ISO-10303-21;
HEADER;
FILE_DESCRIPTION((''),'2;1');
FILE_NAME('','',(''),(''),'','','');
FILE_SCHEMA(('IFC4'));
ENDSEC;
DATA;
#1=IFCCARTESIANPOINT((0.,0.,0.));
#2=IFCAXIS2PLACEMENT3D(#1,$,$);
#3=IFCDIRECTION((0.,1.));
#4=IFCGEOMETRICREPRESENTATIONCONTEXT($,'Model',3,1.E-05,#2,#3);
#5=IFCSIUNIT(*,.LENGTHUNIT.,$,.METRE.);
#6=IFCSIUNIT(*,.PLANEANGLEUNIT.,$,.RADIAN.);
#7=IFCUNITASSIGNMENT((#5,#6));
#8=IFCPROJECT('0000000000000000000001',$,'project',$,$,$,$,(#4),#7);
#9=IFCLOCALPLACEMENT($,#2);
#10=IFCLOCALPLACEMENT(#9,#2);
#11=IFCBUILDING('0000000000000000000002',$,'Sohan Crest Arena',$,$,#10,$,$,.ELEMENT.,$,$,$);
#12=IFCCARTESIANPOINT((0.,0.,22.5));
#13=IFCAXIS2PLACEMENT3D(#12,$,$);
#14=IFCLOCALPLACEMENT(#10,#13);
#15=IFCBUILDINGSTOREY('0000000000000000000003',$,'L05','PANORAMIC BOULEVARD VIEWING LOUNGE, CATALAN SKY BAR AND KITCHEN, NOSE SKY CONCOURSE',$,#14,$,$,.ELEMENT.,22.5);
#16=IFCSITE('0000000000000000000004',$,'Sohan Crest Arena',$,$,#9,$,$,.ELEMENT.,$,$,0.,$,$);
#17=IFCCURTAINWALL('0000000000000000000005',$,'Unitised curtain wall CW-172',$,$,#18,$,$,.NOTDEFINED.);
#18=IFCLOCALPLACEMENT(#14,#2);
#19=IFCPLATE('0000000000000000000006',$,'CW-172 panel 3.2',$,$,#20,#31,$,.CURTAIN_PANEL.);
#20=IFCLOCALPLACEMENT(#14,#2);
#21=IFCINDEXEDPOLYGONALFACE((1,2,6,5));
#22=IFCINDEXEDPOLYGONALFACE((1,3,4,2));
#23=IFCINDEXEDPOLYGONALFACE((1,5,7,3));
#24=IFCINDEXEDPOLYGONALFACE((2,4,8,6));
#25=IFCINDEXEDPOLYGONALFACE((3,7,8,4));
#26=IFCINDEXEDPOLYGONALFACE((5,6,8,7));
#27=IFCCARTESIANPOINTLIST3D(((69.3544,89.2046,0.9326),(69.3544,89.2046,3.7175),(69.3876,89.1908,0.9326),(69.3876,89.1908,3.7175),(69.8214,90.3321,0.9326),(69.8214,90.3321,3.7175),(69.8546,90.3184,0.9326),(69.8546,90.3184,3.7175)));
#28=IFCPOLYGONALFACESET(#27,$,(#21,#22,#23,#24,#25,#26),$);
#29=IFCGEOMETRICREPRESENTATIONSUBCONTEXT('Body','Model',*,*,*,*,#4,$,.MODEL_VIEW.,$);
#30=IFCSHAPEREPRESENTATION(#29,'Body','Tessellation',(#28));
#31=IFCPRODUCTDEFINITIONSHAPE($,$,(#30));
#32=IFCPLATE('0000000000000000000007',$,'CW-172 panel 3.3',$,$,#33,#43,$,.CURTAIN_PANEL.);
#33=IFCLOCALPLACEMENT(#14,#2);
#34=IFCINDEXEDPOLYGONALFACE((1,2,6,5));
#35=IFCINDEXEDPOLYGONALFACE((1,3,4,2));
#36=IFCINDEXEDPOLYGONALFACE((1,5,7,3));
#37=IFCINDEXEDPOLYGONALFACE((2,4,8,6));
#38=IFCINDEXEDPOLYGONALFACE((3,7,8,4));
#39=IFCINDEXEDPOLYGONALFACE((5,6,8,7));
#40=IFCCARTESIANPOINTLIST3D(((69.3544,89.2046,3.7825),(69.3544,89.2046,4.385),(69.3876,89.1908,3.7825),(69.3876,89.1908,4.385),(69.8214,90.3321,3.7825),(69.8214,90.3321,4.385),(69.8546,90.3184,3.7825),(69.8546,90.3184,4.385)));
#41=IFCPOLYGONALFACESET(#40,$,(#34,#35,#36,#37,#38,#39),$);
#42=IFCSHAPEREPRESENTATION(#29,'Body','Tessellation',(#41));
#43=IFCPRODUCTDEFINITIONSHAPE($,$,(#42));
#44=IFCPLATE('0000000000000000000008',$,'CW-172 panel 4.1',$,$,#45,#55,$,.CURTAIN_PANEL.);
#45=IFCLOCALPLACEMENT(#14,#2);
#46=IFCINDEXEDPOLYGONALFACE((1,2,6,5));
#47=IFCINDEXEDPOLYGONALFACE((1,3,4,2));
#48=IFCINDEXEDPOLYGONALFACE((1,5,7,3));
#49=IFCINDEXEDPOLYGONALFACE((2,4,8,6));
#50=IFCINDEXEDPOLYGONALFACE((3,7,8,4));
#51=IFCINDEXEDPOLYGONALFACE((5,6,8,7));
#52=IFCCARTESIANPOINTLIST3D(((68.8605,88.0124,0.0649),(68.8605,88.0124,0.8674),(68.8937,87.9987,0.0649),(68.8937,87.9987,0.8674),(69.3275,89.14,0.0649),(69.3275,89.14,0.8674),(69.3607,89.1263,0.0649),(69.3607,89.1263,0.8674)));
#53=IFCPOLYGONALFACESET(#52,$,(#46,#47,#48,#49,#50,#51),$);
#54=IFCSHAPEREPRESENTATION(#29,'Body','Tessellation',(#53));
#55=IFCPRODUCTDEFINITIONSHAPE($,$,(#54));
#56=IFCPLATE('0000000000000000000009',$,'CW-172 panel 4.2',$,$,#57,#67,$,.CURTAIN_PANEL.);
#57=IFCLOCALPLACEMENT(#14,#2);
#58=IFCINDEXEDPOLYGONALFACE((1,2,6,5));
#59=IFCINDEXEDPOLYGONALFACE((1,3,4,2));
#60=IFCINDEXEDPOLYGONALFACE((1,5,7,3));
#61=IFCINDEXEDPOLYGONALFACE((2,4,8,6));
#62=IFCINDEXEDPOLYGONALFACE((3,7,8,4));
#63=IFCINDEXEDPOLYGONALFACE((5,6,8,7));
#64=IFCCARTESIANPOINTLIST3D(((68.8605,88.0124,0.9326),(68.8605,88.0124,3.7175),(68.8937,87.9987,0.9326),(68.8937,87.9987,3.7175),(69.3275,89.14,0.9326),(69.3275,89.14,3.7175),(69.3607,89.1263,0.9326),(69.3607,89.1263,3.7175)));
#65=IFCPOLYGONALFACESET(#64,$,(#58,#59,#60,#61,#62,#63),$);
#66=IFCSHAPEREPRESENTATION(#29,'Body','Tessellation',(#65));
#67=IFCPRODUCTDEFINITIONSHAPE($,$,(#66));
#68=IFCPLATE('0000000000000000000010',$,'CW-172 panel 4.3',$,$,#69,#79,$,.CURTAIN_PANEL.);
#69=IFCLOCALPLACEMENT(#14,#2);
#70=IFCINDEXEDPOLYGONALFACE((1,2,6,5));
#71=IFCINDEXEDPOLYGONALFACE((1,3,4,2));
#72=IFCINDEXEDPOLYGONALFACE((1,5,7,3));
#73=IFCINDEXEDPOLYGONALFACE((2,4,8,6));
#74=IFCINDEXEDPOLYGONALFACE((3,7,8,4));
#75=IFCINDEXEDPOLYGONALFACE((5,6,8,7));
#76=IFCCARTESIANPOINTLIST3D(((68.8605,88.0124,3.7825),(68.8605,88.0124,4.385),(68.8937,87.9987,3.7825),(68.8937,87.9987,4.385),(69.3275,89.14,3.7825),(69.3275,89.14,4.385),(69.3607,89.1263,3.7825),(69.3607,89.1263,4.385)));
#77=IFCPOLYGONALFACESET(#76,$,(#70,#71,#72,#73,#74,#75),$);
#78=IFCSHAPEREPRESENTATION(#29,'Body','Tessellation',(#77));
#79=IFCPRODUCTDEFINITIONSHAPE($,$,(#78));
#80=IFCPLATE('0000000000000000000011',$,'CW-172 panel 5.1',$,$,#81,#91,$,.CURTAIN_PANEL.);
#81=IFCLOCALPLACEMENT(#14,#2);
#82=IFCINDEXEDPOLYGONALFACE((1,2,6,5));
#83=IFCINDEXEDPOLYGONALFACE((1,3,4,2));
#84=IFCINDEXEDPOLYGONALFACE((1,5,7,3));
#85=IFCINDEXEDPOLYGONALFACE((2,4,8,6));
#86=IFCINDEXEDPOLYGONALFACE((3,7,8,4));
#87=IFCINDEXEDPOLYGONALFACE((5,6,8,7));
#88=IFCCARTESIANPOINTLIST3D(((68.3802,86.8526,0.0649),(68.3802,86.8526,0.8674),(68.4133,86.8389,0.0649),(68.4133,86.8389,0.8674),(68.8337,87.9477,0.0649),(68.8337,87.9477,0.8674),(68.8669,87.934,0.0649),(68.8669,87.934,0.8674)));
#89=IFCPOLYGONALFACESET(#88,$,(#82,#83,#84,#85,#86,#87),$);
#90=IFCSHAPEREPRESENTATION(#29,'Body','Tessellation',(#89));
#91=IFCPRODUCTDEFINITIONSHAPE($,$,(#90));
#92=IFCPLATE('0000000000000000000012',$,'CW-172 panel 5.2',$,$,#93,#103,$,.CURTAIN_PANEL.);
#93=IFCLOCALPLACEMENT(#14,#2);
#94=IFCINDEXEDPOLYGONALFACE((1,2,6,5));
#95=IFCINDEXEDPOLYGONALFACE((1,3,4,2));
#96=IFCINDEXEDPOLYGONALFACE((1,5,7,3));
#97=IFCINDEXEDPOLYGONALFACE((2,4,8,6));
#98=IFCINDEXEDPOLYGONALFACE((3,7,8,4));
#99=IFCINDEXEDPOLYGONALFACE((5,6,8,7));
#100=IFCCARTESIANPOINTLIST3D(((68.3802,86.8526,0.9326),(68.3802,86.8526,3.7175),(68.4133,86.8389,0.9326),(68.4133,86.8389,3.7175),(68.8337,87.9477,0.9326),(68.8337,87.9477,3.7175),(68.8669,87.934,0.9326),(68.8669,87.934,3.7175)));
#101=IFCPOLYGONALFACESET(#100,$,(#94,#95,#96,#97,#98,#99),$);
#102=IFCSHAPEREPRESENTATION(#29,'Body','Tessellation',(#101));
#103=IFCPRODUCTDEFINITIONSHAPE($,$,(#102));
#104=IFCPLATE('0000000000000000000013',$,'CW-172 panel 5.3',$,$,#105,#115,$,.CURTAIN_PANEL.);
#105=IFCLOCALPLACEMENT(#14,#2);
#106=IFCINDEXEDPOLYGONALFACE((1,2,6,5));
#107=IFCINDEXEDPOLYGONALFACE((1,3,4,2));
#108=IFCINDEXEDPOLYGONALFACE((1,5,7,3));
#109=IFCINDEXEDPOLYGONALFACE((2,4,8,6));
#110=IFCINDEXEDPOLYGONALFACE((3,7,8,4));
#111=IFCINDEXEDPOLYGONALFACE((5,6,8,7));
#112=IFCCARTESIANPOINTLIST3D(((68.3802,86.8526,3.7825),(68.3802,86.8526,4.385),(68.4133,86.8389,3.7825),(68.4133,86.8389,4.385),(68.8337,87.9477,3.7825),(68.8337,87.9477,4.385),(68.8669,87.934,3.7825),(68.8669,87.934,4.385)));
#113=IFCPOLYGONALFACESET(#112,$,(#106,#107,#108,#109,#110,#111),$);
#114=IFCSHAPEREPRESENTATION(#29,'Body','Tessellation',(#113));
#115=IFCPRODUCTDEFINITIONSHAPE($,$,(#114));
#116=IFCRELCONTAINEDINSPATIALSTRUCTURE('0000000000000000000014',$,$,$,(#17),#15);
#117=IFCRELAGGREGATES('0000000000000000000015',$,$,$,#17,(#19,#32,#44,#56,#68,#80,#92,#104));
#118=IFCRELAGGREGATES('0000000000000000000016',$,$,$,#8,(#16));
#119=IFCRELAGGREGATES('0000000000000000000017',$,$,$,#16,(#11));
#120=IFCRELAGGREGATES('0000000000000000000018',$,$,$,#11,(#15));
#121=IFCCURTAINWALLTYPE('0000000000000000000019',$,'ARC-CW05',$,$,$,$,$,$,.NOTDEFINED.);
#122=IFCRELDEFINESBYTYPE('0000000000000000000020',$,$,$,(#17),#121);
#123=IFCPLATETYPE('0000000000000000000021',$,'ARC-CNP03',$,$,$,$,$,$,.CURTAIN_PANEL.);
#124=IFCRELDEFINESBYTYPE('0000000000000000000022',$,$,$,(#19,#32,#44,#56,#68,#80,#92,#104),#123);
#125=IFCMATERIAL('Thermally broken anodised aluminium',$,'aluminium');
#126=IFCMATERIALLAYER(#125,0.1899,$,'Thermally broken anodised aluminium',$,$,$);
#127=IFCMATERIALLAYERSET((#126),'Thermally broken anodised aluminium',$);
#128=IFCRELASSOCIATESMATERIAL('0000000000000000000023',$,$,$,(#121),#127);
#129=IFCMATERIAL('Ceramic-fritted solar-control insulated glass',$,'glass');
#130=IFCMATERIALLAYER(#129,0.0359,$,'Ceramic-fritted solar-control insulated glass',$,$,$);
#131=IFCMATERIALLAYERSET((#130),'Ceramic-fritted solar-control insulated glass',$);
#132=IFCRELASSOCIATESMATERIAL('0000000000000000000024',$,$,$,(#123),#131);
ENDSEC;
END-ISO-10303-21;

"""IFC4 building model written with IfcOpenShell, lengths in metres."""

from ifc_helpers import new_model, si_unit, direction, frame, origin, origin_2d, place, context, subcontext, project, spatial, rectangle, extrude, material, layer, layer_set, type_object, element, aggregate, save


model = new_model("IFC4")

# Units and contexts
model_context = context("Model", 3, precision=1e-05, world=origin(), true_north=direction((0.0, 1.0)))
body_context = subcontext(model_context, "Body", "Model", "MODEL_VIEW")
ifc_project = project(units=[si_unit("LENGTHUNIT", "METRE"), si_unit("PLANEANGLEUNIT", "RADIAN")], contexts=[model_context])

# Site, building, storey
site_placement = place(None, origin())
site = spatial("IfcSite", under=ifc_project, at=site_placement, Name="Sohan Crest Arena", CompositionType="ELEMENT", RefElevation=0.0)
building_placement = place(site_placement, origin())
building = spatial("IfcBuilding", under=site, at=building_placement, Name="Sohan Crest Arena", CompositionType="ELEMENT")
storey_placement = place(building_placement, frame((0.0, 0.0, 22.5)))
storey = spatial("IfcBuildingStorey", under=building, at=storey_placement, Name="L05", Description="PANORAMIC BOULEVARD VIEWING LOUNGE, CATALAN SKY BAR AND KITCHEN, NOSE SKY CONCOURSE", CompositionType="ELEMENT", Elevation=22.5)

# Curtain wall, plates
ifc_material_1 = material(Name="Thermally broken anodised aluminium", Category="aluminium")
ifc_layer_1 = layer(ifc_material_1, 0.1899, Name="Thermally broken anodised aluminium")
ifc_layer_set_1 = layer_set([ifc_layer_1], Name="Thermally broken anodised aluminium")
curtain_wall_type = type_object("IfcCurtainWallType", Name="ARC-CW05", PredefinedType="NOTDEFINED", material=ifc_layer_set_1)
curtain_wall_placement = place(storey_placement, origin())
curtain_wall = element("IfcCurtainWall", 1, at=curtain_wall_placement, inside=storey, type_object=curtain_wall_type, Name="Unitised curtain wall CW-172", PredefinedType="NOTDEFINED")
ifc_material_2 = material(Name="Ceramic-fritted solar-control insulated glass", Category="glass")
ifc_layer_2 = layer(ifc_material_2, 0.0359, Name="Ceramic-fritted solar-control insulated glass")
ifc_layer_set_2 = layer_set([ifc_layer_2], Name="Ceramic-fritted solar-control insulated glass")
plate_type = type_object("IfcPlateType", Name="ARC-CNP03", PredefinedType="CURTAIN_PANEL", material=ifc_layer_set_2)
plate_1_placement = place(storey_placement, frame((69.6045, 89.7615, 0.9326), z_axis=(0.0, 0.0, 1.0), x_axis=(-0.382667, -0.923886, 0.0)))
plate_1 = element("IfcPlate", 2, at=plate_1_placement, type_object=plate_type, Name="CW-172 panel 3.2", PredefinedType="CURTAIN_PANEL", context=body_context, shape_type="SweptSolid", body=[
    extrude(rectangle(XDim=1.2205, YDim=0.0359, at=origin_2d()), origin(), (0.0, 0.0, 1.0), 2.7849),
])
plate_2_placement = place(storey_placement, frame((69.6045, 89.7615, 3.7825), z_axis=(0.0, 0.0, 1.0), x_axis=(-0.382667, -0.923886, 0.0)))
plate_2 = element("IfcPlate", 3, at=plate_2_placement, type_object=plate_type, Name="CW-172 panel 3.3", PredefinedType="CURTAIN_PANEL", context=body_context, shape_type="SweptSolid", body=[
    extrude(rectangle(XDim=1.2205, YDim=0.0359, at=origin_2d()), origin(), (0.0, 0.0, 1.0), 0.6025),
])
plate_3_placement = place(storey_placement, frame((69.1106, 88.5693, 0.0649), z_axis=(0.0, 0.0, 1.0), x_axis=(-0.382667, -0.923886, 0.0)))
plate_3 = element("IfcPlate", 4, at=plate_3_placement, type_object=plate_type, Name="CW-172 panel 4.1", PredefinedType="CURTAIN_PANEL", context=body_context, shape_type="SweptSolid", body=[
    extrude(rectangle(XDim=1.2205, YDim=0.0359, at=origin_2d()), origin(), (0.0, 0.0, 1.0), 0.8025),
])
plate_4_placement = place(storey_placement, frame((69.1106, 88.5693, 0.9326), z_axis=(0.0, 0.0, 1.0), x_axis=(-0.382667, -0.923886, 0.0)))
plate_4 = element("IfcPlate", 5, at=plate_4_placement, type_object=plate_type, Name="CW-172 panel 4.2", PredefinedType="CURTAIN_PANEL", context=body_context, shape_type="SweptSolid", body=[
    extrude(rectangle(XDim=1.2205, YDim=0.0359, at=origin_2d()), origin(), (0.0, 0.0, 1.0), 2.7849),
])
plate_5_placement = place(storey_placement, frame((69.1106, 88.5693, 3.7825), z_axis=(0.0, 0.0, 1.0), x_axis=(-0.382667, -0.923886, 0.0)))
plate_5 = element("IfcPlate", 6, at=plate_5_placement, type_object=plate_type, Name="CW-172 panel 4.3", PredefinedType="CURTAIN_PANEL", context=body_context, shape_type="SweptSolid", body=[
    extrude(rectangle(XDim=1.2205, YDim=0.0359, at=origin_2d()), origin(), (0.0, 0.0, 1.0), 0.6025),
])
plate_6_placement = place(storey_placement, frame((68.6235, 87.3933, 0.0649), z_axis=(0.0, 0.0, 1.0), x_axis=(-0.382667, -0.923886, 0.0)))
plate_6 = element("IfcPlate", 7, at=plate_6_placement, type_object=plate_type, Name="CW-172 panel 5.1", PredefinedType="CURTAIN_PANEL", context=body_context, shape_type="SweptSolid", body=[
    extrude(rectangle(XDim=1.1853, YDim=0.0359, at=origin_2d()), origin(), (0.0, 0.0, 1.0), 0.8025),
])
plate_7_placement = place(storey_placement, frame((68.6235, 87.3933, 0.9326), z_axis=(0.0, 0.0, 1.0), x_axis=(-0.382667, -0.923886, 0.0)))
plate_7 = element("IfcPlate", 8, at=plate_7_placement, type_object=plate_type, Name="CW-172 panel 5.2", PredefinedType="CURTAIN_PANEL", context=body_context, shape_type="SweptSolid", body=[
    extrude(rectangle(XDim=1.1853, YDim=0.0359, at=origin_2d()), origin(), (0.0, 0.0, 1.0), 2.7849),
])
plate_8_placement = place(storey_placement, frame((68.6235, 87.3933, 3.7825), z_axis=(0.0, 0.0, 1.0), x_axis=(-0.382667, -0.923886, 0.0)))
plate_8 = element("IfcPlate", 9, at=plate_8_placement, type_object=plate_type, Name="CW-172 panel 5.3", PredefinedType="CURTAIN_PANEL", context=body_context, shape_type="SweptSolid", body=[
    extrude(rectangle(XDim=1.1853, YDim=0.0359, at=origin_2d()), origin(), (0.0, 0.0, 1.0), 0.6025),
])
aggregate(curtain_wall, [plate_1, plate_2, plate_3, plate_4, plate_5, plate_6, plate_7, plate_8])

save(model, "model.ifc")
